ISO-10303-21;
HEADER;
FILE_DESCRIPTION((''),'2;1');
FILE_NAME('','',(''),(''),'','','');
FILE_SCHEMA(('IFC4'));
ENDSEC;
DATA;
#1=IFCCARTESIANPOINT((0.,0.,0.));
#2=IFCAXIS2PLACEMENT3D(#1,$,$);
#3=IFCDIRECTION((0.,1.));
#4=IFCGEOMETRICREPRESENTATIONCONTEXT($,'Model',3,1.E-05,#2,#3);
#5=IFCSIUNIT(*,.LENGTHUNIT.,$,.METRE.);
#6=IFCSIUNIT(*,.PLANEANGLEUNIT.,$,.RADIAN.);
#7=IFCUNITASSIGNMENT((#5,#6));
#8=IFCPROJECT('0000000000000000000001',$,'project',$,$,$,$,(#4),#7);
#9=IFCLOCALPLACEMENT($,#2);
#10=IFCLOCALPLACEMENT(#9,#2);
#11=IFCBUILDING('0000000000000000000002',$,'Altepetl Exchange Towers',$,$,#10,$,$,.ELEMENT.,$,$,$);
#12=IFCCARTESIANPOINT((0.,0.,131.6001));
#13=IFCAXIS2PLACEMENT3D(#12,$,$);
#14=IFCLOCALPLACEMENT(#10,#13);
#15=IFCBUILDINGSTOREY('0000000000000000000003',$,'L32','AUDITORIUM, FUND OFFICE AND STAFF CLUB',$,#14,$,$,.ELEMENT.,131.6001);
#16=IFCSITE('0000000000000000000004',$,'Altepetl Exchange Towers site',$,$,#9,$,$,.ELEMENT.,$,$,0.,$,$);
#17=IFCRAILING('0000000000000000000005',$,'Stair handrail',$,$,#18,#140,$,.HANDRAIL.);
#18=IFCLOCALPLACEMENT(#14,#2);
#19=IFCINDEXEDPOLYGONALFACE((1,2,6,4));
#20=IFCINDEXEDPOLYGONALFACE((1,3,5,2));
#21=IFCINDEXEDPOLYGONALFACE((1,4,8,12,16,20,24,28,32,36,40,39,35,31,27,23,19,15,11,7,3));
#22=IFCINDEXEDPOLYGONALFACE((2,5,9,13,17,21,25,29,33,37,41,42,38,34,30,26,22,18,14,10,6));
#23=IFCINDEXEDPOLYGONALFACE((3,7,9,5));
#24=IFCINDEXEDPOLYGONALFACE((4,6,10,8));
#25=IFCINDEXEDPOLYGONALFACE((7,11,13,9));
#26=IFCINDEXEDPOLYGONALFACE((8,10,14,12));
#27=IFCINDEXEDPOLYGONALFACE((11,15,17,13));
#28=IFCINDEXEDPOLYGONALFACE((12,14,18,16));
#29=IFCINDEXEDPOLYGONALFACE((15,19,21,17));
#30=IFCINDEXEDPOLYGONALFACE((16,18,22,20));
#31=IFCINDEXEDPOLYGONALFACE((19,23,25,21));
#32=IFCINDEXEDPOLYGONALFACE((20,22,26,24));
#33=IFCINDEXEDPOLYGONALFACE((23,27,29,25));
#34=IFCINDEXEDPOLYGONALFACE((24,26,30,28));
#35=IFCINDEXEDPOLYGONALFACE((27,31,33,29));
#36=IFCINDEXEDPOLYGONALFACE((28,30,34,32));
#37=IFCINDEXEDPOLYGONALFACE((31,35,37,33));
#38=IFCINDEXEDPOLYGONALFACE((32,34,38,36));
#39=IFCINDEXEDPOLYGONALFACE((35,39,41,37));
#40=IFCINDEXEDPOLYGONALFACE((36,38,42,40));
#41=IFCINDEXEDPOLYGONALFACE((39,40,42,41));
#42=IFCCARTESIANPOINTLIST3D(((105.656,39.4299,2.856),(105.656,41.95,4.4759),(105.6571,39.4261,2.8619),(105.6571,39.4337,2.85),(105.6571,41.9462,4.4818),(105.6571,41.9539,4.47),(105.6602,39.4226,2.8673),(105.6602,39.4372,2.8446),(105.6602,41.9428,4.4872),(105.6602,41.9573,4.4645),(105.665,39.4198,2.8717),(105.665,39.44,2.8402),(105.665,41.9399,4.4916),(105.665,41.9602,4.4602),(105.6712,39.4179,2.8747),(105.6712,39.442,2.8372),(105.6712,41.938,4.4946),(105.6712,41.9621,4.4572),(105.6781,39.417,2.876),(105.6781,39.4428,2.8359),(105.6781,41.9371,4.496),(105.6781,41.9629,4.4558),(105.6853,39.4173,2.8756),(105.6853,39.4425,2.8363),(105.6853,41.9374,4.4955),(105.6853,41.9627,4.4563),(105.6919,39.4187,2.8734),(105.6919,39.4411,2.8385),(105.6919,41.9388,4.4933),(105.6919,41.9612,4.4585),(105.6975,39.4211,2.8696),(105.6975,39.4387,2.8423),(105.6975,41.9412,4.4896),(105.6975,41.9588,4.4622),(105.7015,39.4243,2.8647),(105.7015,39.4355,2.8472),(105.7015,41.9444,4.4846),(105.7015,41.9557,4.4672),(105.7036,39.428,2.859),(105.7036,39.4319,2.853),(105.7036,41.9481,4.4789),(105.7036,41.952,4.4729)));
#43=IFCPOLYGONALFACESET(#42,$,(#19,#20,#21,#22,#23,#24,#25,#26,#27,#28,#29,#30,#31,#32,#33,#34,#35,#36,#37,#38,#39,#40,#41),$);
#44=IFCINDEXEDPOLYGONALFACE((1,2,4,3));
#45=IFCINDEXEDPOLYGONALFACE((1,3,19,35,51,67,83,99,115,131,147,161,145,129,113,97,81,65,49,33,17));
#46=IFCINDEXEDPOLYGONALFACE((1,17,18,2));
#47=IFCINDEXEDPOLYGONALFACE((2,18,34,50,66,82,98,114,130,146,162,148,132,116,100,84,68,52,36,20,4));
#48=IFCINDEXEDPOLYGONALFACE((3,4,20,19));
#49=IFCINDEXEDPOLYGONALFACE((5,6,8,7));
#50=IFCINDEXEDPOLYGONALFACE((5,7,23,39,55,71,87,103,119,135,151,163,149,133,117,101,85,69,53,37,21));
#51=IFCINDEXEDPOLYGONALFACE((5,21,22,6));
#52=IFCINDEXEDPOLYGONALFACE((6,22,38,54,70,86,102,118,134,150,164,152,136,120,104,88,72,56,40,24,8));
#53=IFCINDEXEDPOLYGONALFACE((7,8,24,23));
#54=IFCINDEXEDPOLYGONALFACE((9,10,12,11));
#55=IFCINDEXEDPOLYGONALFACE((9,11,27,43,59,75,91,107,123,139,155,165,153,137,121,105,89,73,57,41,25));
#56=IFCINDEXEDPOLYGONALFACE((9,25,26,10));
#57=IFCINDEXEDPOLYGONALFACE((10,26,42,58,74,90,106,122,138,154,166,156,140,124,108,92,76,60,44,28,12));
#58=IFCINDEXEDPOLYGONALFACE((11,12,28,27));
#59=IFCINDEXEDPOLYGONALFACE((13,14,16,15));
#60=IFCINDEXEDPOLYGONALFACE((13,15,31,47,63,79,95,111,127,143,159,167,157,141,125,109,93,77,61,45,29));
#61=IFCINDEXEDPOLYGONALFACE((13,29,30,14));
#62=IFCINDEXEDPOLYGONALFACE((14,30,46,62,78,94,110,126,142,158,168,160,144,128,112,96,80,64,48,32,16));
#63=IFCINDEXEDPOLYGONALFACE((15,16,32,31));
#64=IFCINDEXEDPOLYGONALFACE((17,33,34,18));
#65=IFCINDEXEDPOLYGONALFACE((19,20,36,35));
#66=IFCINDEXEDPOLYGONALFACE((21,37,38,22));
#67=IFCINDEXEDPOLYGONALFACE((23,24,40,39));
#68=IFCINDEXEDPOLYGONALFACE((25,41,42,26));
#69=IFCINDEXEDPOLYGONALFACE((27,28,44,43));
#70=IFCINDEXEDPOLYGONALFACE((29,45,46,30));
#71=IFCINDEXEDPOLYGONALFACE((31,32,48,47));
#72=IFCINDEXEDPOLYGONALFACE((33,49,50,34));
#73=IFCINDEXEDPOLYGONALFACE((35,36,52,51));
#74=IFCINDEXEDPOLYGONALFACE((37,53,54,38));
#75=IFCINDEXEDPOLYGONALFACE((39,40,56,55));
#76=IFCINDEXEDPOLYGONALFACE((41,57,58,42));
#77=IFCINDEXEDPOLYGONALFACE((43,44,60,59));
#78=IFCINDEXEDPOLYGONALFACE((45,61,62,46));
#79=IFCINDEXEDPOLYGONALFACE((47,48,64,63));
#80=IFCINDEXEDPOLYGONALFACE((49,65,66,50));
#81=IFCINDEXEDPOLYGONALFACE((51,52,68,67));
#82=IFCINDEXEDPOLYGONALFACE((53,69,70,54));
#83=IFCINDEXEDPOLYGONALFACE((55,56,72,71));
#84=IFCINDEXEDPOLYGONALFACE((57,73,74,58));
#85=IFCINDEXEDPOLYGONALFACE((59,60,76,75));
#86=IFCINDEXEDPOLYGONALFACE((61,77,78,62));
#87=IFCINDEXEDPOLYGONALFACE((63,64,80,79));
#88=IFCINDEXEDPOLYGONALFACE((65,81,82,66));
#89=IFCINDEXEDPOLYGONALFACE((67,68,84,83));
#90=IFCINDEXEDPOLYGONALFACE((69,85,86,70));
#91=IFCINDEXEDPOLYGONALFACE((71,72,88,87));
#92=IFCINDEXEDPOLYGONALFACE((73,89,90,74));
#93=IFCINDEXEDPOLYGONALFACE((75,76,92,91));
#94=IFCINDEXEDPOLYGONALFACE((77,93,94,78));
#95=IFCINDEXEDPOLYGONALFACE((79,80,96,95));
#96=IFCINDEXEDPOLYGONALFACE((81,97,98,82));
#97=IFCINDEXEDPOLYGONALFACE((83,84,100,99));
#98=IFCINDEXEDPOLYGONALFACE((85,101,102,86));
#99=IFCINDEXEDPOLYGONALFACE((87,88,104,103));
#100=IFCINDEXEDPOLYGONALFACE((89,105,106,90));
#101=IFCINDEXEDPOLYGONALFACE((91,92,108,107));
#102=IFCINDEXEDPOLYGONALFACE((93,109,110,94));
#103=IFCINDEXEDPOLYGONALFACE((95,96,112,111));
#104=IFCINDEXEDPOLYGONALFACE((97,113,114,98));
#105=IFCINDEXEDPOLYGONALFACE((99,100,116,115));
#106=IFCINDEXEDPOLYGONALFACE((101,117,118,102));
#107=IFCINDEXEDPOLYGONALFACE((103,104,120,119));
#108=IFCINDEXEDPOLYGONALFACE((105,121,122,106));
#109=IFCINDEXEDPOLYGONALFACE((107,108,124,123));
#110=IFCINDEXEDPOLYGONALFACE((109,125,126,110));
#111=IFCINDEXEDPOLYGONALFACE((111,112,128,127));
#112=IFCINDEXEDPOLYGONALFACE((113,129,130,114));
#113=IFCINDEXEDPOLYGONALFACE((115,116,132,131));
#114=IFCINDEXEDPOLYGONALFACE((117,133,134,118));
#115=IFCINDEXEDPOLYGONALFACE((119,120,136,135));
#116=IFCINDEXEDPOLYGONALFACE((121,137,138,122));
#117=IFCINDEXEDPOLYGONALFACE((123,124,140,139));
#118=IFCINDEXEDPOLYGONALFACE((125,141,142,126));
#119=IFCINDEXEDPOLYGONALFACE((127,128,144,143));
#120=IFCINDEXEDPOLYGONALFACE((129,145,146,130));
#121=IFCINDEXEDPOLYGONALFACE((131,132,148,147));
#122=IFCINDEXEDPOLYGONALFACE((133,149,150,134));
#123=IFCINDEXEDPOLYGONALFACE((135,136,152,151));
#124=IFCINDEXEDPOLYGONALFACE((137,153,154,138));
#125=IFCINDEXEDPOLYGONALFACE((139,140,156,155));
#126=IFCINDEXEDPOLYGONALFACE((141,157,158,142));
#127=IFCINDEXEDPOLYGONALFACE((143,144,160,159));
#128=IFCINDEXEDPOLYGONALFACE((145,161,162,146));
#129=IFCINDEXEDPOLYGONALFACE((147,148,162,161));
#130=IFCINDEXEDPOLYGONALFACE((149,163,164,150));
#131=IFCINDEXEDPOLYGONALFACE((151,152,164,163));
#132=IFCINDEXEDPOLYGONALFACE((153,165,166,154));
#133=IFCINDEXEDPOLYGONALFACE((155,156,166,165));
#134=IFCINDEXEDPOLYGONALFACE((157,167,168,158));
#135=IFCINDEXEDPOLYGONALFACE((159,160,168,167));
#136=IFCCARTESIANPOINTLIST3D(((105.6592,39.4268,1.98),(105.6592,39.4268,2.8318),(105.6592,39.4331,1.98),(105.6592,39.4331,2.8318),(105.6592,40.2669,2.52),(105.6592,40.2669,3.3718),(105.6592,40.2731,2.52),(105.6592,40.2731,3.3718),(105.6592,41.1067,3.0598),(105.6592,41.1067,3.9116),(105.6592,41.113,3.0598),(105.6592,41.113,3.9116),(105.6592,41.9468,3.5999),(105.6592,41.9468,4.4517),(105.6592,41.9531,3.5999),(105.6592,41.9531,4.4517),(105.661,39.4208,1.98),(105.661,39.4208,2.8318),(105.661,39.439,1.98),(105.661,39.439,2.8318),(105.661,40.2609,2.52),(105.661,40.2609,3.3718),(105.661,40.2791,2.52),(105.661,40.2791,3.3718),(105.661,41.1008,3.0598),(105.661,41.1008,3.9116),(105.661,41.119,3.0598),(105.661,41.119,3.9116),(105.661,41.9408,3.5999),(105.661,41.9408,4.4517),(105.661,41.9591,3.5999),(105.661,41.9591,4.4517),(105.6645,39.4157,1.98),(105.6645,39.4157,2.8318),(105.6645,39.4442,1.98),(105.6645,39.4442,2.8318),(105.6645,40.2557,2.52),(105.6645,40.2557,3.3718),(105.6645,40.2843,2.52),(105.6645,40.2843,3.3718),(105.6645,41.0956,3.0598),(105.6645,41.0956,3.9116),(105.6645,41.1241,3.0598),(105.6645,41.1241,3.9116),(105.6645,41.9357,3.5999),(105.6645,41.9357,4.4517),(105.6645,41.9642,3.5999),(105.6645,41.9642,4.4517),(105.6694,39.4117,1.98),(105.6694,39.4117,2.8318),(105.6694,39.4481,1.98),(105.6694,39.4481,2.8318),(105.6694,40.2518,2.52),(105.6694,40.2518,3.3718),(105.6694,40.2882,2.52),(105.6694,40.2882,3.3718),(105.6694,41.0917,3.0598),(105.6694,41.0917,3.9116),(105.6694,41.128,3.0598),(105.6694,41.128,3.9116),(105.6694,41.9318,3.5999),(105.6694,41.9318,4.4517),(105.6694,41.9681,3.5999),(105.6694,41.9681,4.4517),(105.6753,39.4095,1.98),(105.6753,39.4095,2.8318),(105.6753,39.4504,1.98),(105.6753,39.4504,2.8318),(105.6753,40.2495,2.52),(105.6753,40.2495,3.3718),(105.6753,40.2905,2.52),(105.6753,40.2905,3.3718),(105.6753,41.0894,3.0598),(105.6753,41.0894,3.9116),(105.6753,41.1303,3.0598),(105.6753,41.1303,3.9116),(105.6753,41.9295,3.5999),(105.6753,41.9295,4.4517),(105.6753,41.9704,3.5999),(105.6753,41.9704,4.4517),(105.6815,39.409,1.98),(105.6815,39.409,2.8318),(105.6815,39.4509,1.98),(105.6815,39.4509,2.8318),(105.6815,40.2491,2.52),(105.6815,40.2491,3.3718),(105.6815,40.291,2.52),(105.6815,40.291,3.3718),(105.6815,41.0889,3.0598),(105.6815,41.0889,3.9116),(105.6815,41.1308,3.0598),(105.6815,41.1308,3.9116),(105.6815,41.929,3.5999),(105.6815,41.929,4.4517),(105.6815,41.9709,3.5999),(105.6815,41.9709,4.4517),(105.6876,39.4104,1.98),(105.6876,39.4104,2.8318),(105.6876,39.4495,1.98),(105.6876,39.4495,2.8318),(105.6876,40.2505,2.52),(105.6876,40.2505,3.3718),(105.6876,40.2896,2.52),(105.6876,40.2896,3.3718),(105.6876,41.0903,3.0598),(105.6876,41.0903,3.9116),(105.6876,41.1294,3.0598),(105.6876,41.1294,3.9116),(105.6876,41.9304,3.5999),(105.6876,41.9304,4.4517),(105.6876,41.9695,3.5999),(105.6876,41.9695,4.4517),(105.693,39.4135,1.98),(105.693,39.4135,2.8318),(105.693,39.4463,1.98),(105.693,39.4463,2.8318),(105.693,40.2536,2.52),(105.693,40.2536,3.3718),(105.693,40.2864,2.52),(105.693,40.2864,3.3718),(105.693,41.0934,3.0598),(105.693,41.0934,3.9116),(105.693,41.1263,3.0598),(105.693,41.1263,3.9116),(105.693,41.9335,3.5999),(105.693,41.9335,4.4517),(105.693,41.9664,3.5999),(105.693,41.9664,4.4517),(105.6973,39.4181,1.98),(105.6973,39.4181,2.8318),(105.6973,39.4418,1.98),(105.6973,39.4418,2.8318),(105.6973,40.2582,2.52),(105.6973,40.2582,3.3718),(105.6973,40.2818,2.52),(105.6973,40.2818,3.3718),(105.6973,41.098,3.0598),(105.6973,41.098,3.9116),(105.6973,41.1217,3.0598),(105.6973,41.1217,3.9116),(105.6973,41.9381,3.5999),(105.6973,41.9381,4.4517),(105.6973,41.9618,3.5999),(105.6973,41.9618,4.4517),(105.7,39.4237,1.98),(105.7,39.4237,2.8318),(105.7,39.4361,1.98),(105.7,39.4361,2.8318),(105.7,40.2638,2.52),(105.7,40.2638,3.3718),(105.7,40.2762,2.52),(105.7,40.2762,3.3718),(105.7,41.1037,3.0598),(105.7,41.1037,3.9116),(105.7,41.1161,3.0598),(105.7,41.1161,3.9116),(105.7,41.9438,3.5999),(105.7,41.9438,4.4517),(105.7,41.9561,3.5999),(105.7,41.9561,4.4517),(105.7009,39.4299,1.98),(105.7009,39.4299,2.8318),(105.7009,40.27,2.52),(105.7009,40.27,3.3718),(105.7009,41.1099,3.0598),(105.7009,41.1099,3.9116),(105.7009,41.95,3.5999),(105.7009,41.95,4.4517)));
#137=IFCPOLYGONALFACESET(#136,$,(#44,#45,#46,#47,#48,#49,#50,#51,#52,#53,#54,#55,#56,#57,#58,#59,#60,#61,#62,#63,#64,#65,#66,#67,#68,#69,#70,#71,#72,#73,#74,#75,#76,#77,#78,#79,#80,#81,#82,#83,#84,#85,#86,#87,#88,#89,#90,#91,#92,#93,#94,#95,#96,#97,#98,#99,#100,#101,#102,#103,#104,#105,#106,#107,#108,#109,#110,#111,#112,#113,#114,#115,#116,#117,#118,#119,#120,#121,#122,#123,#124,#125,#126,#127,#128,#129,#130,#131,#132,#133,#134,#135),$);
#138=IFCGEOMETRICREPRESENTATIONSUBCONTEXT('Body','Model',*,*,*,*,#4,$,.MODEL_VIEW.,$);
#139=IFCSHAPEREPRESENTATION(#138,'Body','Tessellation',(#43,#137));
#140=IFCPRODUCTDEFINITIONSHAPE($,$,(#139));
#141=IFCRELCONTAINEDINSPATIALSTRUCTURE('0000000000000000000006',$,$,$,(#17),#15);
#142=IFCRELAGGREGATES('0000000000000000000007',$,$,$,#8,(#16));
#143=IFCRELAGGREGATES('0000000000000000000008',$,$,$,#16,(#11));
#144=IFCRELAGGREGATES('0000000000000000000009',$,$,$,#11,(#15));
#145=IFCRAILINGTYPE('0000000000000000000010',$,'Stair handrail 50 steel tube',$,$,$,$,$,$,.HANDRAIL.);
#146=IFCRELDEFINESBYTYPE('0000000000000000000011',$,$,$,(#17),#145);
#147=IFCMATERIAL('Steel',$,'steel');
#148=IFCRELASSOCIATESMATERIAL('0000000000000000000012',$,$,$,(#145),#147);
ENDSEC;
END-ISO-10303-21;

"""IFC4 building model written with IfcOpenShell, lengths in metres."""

from ifc_helpers import new_model, si_unit, direction, frame, origin, origin_2d, place, context, subcontext, project, spatial, circle, extrude, source, transform, mapped, material, type_object, element, save


model = new_model("IFC4")

# Units and contexts
model_context = context("Model", 3, precision=1e-05, world=origin(), true_north=direction((0.0, 1.0)))
body_context = subcontext(model_context, "Body", "Model", "MODEL_VIEW")
ifc_project = project(units=[si_unit("LENGTHUNIT", "METRE"), si_unit("PLANEANGLEUNIT", "RADIAN")], contexts=[model_context])

# Site, building, storey
site_placement = place(None, origin())
site = spatial("IfcSite", under=ifc_project, at=site_placement, Name="Altepetl Exchange Towers site", CompositionType="ELEMENT", RefElevation=0.0)
building_placement = place(site_placement, origin())
building = spatial("IfcBuilding", under=site, at=building_placement, Name="Altepetl Exchange Towers", CompositionType="ELEMENT")
storey_placement = place(building_placement, frame((0.0, 0.0, 131.6001)))
storey = spatial("IfcBuildingStorey", under=building, at=storey_placement, Name="L32", Description="AUDITORIUM, FUND OFFICE AND STAFF CLUB", CompositionType="ELEMENT", Elevation=131.6001)

# Railing
ifc_material_1 = material(Name="Steel", Category="steel")
railing_type = type_object("IfcRailingType", Name="Stair handrail 50 steel tube", PredefinedType="HANDRAIL", material=ifc_material_1)
shared_shape = source(origin(), body_context, "Body", "SweptSolid", [
    extrude(circle(Radius=0.021, at=origin_2d()), origin(), (0.0, 0.0, 1.0), 0.8518),
])
railing_1_placement = place(storey_placement, frame((105.6799, 39.4299, 1.98)))
element("IfcRailing", 1, at=railing_1_placement, inside=storey, type_object=railing_type, Name="Stair handrail", PredefinedType="HANDRAIL", context=body_context, shape_type="SweptSolid", body=[
    extrude(circle(Radius=0.0239, at=origin_2d()), frame((0.0, 0.0, 0.876), z_axis=(0.0, 0.8412, 0.540725), x_axis=(-1.0, 0.0, 0.0)), (0.0, 0.0, 1.0), 2.9958),
    mapped(shared_shape, transform((0.0, 0.0, 0.0))),
    mapped(shared_shape, transform((0.0, 0.8401, 0.54))),
    mapped(shared_shape, transform((0.0, 1.6799, 1.0798))),
    mapped(shared_shape, transform((0.0, 2.52, 1.6199))),
])

save(model, "model.ifc")
